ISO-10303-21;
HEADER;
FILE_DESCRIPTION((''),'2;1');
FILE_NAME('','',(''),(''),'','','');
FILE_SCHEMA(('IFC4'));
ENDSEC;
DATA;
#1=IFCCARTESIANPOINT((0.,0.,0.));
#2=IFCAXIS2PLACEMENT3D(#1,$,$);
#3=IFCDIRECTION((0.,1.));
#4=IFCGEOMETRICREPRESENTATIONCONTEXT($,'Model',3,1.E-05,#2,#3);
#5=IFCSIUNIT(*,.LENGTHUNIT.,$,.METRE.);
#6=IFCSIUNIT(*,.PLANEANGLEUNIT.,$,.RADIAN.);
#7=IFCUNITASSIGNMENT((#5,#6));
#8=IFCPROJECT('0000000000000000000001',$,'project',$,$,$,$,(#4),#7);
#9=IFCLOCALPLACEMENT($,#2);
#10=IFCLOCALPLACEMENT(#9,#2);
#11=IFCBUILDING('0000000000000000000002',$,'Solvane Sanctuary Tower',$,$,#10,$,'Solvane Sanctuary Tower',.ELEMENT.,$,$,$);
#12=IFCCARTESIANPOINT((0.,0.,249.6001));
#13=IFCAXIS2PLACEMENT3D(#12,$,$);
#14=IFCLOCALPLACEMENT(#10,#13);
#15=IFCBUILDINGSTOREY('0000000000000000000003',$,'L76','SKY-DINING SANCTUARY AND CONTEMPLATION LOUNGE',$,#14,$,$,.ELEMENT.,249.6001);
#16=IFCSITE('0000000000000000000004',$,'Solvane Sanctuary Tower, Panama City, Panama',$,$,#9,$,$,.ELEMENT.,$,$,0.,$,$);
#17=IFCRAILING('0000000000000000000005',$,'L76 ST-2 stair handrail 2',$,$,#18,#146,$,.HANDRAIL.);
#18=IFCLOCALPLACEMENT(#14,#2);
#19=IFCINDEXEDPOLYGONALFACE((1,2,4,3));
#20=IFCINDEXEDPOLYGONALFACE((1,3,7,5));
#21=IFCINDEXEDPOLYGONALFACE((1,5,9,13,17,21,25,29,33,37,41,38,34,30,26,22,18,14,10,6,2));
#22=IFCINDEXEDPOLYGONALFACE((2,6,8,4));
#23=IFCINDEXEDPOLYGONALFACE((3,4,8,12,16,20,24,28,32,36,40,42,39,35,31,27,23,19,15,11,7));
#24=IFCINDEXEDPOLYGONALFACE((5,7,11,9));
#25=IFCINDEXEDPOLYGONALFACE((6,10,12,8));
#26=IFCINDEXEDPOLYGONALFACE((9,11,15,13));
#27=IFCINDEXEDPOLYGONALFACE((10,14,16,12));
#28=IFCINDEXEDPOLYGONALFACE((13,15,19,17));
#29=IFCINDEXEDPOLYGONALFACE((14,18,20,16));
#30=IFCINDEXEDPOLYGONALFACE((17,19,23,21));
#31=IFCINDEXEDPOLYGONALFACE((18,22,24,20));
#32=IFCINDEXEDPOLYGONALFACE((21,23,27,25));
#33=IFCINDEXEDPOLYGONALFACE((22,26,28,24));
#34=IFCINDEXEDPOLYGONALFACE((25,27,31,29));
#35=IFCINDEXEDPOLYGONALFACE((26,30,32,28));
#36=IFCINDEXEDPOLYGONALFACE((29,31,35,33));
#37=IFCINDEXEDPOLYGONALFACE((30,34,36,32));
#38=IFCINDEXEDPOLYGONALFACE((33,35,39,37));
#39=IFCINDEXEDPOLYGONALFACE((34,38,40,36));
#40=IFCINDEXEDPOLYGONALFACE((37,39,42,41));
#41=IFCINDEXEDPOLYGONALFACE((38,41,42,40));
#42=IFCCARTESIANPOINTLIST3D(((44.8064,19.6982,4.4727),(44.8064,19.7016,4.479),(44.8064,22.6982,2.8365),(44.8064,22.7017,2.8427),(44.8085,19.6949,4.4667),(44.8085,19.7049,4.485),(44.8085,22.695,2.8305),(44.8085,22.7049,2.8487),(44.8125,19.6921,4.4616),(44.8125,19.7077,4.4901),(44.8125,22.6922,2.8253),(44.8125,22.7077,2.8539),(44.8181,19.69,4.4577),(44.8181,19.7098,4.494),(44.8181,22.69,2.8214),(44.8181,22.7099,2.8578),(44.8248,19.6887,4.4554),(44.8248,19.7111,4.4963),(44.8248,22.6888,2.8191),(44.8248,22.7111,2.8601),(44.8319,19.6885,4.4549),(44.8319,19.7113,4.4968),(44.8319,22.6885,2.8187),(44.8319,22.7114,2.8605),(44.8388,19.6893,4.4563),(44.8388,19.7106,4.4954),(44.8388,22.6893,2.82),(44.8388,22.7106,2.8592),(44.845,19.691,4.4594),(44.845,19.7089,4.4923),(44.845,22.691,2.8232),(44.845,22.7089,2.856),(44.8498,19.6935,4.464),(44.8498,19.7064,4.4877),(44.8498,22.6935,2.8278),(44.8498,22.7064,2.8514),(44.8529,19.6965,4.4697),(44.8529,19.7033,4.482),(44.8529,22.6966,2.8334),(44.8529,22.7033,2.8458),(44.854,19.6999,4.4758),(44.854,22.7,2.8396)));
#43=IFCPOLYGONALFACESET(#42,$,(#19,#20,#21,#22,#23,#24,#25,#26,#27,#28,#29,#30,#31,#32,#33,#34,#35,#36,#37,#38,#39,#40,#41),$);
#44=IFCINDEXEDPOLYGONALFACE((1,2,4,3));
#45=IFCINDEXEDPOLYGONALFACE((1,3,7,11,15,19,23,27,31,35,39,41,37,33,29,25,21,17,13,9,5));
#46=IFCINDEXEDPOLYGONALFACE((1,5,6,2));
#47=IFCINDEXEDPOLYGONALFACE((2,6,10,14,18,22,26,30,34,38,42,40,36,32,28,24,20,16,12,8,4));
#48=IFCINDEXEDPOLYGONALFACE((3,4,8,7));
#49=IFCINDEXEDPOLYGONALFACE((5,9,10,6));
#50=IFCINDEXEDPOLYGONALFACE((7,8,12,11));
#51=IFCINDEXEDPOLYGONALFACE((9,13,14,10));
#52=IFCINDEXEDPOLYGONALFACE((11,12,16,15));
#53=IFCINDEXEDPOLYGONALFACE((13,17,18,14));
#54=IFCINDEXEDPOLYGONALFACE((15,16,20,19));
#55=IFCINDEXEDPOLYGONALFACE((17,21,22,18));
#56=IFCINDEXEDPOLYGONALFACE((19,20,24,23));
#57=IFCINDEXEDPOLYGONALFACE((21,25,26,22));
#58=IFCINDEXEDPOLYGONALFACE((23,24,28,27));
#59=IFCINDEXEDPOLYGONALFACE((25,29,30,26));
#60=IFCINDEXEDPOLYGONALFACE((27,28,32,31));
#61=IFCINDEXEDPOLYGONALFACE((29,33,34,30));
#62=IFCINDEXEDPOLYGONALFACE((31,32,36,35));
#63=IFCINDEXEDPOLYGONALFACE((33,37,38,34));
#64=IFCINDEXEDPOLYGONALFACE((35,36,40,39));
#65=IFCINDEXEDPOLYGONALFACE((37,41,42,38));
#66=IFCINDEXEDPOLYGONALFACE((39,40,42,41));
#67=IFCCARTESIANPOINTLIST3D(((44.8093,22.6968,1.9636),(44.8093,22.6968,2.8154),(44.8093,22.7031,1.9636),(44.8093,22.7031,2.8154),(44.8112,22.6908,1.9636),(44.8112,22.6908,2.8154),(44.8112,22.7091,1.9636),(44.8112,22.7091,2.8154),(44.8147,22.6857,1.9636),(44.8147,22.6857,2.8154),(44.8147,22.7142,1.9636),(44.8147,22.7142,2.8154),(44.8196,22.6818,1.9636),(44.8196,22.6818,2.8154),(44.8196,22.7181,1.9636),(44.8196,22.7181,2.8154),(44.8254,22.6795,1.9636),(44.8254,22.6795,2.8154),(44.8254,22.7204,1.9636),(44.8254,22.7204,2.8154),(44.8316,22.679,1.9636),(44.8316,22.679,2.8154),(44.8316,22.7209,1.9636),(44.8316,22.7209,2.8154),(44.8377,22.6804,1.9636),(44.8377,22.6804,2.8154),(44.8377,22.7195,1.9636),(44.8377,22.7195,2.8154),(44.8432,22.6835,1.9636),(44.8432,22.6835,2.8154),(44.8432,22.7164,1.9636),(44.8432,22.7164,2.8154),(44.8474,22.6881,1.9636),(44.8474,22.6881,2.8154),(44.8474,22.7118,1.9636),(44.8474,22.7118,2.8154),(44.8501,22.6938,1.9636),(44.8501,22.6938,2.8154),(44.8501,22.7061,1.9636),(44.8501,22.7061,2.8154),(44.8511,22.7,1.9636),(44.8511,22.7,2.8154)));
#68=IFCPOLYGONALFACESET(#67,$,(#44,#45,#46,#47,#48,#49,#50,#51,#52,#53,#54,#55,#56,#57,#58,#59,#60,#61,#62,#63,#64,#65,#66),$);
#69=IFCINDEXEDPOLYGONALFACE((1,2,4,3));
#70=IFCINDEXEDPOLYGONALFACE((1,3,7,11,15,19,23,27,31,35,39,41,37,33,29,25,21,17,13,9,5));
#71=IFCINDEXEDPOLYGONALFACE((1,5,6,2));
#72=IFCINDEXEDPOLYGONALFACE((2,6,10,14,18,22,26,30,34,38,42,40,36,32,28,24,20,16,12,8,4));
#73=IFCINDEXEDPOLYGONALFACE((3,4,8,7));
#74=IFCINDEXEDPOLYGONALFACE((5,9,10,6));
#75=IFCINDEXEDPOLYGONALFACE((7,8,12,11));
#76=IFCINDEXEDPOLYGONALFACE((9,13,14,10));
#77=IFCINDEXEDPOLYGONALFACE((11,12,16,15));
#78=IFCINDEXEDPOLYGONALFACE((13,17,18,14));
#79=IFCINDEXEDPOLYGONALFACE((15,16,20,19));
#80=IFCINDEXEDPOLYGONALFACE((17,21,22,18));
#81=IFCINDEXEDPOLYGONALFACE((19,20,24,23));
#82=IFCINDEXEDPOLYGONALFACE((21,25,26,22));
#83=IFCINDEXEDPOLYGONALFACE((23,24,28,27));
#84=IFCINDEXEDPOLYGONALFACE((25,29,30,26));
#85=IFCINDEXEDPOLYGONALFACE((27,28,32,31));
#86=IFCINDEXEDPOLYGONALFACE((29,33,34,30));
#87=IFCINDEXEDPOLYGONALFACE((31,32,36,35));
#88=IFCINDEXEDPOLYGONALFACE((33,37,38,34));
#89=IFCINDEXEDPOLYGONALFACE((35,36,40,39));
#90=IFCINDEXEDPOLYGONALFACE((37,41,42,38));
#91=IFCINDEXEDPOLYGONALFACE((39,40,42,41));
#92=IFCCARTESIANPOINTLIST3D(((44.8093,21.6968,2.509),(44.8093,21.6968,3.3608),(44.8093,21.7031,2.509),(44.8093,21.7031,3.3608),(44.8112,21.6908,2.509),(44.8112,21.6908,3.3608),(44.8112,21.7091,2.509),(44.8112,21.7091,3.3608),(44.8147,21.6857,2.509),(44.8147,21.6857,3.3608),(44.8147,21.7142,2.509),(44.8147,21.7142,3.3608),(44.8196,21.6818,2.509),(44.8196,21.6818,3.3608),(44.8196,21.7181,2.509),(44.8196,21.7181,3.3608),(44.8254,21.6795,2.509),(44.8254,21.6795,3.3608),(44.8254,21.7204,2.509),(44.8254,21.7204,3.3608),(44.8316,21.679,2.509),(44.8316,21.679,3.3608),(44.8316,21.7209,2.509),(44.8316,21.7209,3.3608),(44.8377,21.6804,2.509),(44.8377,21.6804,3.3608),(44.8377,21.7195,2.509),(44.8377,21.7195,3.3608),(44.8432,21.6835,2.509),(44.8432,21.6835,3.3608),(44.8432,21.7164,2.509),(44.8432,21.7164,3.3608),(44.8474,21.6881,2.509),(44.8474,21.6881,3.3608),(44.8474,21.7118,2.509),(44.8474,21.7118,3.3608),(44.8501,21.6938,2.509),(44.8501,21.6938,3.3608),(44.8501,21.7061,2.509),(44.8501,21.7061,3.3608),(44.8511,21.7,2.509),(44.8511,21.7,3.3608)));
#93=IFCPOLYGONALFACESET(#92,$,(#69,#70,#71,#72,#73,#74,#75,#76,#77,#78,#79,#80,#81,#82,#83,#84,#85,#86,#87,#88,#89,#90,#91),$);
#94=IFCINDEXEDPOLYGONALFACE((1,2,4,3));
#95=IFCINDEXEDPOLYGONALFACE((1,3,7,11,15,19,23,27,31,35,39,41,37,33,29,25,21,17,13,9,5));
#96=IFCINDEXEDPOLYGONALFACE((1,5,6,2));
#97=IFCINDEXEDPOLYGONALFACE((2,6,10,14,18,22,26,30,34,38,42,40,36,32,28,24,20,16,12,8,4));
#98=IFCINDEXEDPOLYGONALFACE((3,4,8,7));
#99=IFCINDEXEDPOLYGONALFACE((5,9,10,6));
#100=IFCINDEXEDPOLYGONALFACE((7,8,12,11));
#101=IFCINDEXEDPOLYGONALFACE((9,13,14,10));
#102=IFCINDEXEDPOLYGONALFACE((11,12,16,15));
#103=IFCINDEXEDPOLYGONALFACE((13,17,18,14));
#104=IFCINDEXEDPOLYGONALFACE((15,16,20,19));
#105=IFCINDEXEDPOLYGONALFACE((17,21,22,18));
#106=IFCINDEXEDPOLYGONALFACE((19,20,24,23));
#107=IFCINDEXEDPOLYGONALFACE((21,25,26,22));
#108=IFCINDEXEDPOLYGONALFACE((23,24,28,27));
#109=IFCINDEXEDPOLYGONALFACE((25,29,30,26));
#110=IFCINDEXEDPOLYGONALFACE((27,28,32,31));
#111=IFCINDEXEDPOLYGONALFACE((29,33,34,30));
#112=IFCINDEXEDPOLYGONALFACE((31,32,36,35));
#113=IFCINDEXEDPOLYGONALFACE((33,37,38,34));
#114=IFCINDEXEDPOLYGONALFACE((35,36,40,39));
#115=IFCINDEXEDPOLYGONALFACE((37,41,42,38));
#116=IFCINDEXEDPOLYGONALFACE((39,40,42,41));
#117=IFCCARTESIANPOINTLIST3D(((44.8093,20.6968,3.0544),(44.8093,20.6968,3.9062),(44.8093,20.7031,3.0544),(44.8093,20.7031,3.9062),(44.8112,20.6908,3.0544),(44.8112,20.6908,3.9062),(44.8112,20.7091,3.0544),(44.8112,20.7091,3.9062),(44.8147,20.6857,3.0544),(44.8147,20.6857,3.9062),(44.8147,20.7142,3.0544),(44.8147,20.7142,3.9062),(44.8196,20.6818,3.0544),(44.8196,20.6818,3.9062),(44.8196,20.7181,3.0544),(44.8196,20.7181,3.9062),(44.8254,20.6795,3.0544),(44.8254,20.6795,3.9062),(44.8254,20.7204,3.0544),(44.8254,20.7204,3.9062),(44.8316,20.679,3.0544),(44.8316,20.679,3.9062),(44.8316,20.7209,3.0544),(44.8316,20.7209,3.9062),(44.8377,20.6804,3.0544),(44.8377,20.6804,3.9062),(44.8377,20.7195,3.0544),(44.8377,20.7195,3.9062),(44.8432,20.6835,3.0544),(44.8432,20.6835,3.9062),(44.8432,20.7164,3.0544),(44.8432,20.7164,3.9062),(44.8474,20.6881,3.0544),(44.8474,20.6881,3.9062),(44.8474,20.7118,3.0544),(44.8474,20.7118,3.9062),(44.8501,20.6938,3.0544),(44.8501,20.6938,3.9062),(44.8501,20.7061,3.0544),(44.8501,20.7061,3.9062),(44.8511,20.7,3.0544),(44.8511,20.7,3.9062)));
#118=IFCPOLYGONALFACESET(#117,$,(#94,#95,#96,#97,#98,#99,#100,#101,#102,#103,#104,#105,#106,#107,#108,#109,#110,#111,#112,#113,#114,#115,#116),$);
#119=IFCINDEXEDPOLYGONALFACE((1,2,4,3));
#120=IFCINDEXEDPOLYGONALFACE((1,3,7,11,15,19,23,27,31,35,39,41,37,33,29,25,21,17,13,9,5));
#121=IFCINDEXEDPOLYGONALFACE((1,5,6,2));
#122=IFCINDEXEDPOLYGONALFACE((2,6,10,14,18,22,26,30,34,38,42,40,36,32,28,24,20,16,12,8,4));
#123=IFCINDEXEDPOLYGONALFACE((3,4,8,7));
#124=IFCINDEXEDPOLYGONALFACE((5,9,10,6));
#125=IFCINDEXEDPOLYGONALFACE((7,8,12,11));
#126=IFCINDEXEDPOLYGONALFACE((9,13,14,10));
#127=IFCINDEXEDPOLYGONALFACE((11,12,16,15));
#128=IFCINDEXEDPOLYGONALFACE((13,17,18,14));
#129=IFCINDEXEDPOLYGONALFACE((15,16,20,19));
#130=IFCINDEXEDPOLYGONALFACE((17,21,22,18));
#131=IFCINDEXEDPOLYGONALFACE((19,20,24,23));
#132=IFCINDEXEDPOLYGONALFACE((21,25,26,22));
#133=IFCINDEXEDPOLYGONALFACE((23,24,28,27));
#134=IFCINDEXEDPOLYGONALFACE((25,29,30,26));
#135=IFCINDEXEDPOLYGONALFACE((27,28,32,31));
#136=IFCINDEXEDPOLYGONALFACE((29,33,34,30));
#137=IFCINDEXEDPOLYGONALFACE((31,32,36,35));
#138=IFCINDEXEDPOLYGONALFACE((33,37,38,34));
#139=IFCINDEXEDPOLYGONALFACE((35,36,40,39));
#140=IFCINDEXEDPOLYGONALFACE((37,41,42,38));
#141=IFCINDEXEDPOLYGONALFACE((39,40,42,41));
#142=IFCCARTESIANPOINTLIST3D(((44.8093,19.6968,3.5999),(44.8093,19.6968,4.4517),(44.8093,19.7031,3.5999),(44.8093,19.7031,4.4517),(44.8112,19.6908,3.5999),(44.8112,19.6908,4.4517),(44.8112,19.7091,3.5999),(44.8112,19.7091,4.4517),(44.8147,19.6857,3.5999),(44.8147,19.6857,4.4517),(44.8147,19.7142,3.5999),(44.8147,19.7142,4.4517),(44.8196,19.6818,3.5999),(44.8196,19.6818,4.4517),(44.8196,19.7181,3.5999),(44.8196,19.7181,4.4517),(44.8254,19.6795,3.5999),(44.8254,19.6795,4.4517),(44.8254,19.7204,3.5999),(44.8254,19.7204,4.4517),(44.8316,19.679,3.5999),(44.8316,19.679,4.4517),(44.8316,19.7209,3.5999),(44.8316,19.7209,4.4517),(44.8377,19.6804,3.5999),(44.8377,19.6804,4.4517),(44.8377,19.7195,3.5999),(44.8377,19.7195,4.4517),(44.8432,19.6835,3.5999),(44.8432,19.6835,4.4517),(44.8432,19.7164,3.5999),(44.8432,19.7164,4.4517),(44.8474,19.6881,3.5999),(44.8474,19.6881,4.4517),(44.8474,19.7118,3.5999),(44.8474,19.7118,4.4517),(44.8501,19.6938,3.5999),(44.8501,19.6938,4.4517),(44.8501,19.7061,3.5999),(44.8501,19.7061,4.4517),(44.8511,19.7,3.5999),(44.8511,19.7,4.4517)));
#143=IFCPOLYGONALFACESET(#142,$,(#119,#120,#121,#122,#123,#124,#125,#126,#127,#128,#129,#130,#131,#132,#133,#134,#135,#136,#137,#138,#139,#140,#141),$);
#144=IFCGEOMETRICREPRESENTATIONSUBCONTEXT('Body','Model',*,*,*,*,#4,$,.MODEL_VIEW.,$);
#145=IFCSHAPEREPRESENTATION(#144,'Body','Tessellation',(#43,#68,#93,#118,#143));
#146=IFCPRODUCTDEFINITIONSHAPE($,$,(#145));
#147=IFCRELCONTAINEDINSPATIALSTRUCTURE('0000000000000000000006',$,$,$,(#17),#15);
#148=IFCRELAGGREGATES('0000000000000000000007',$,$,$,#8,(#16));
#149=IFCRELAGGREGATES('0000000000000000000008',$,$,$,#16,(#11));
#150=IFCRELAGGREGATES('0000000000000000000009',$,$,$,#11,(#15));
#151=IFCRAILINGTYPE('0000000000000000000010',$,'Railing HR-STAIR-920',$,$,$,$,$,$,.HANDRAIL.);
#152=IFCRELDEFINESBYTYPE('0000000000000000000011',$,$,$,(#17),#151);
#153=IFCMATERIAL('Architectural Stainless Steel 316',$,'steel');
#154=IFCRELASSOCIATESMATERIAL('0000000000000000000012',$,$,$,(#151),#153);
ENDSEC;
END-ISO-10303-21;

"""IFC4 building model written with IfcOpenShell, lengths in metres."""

from ifc_helpers import new_model, si_unit, direction, frame, origin, origin_2d, place, context, subcontext, project, spatial, circle, extrude, material, type_object, element, save


model = new_model("IFC4")

# Units and contexts
model_context = context("Model", 3, precision=1e-05, world=origin(), true_north=direction((0.0, 1.0)))
body_context = subcontext(model_context, "Body", "Model", "MODEL_VIEW")
ifc_project = project(units=[si_unit("LENGTHUNIT", "METRE"), si_unit("PLANEANGLEUNIT", "RADIAN")], contexts=[model_context])

# Site, building, storey
site_placement = place(None, origin())
site = spatial("IfcSite", under=ifc_project, at=site_placement, Name="Solvane Sanctuary Tower, Panama City, Panama", CompositionType="ELEMENT", RefElevation=0.0)
building_placement = place(site_placement, origin())
building = spatial("IfcBuilding", under=site, at=building_placement, Name="Solvane Sanctuary Tower", LongName="Solvane Sanctuary Tower", CompositionType="ELEMENT")
storey_placement = place(building_placement, frame((0.0, 0.0, 249.6001)))
storey = spatial("IfcBuildingStorey", under=building, at=storey_placement, Name="L76", Description="SKY-DINING SANCTUARY AND CONTEMPLATION LOUNGE", CompositionType="ELEMENT", Elevation=249.6001)

# Shared definitions
ifc_material_1 = material(Name="Architectural Stainless Steel 316", Category="steel")

# Railing
railing_type_1 = type_object("IfcRailingType", Name="Railing HR-STAIR-920", PredefinedType="HANDRAIL", material=ifc_material_1)
railing_1_placement = place(storey_placement, frame((44.8301, 22.7, 1.9636)))
element("IfcRailing", 1, at=railing_1_placement, inside=storey, type_object=railing_type_1, Name="L76 ST-2 stair handrail 2", PredefinedType="HANDRAIL", context=body_context, shape_type="SweptSolid", body=[
    extrude(circle(Radius=0.0239, at=origin_2d()), frame((0.0, 0.0, 0.876), z_axis=(0.0, -0.877912, 0.478822), x_axis=(1.0, 0.0, 0.0)), (0.0, 0.0, 1.0), 3.4172),
    extrude(circle(Radius=0.021, at=origin_2d()), origin(), (0.0, 0.0, 1.0), 0.8518),
    extrude(circle(Radius=0.021, at=origin_2d()), frame((0.0, -1.0, 0.5454)), (0.0, 0.0, 1.0), 0.8518),
    extrude(circle(Radius=0.021, at=origin_2d()), frame((0.0, -2.0, 1.0908)), (0.0, 0.0, 1.0), 0.8518),
    extrude(circle(Radius=0.021, at=origin_2d()), frame((0.0, -3.0, 1.6362)), (0.0, 0.0, 1.0), 0.8518),
])

save(model, "model.ifc")
